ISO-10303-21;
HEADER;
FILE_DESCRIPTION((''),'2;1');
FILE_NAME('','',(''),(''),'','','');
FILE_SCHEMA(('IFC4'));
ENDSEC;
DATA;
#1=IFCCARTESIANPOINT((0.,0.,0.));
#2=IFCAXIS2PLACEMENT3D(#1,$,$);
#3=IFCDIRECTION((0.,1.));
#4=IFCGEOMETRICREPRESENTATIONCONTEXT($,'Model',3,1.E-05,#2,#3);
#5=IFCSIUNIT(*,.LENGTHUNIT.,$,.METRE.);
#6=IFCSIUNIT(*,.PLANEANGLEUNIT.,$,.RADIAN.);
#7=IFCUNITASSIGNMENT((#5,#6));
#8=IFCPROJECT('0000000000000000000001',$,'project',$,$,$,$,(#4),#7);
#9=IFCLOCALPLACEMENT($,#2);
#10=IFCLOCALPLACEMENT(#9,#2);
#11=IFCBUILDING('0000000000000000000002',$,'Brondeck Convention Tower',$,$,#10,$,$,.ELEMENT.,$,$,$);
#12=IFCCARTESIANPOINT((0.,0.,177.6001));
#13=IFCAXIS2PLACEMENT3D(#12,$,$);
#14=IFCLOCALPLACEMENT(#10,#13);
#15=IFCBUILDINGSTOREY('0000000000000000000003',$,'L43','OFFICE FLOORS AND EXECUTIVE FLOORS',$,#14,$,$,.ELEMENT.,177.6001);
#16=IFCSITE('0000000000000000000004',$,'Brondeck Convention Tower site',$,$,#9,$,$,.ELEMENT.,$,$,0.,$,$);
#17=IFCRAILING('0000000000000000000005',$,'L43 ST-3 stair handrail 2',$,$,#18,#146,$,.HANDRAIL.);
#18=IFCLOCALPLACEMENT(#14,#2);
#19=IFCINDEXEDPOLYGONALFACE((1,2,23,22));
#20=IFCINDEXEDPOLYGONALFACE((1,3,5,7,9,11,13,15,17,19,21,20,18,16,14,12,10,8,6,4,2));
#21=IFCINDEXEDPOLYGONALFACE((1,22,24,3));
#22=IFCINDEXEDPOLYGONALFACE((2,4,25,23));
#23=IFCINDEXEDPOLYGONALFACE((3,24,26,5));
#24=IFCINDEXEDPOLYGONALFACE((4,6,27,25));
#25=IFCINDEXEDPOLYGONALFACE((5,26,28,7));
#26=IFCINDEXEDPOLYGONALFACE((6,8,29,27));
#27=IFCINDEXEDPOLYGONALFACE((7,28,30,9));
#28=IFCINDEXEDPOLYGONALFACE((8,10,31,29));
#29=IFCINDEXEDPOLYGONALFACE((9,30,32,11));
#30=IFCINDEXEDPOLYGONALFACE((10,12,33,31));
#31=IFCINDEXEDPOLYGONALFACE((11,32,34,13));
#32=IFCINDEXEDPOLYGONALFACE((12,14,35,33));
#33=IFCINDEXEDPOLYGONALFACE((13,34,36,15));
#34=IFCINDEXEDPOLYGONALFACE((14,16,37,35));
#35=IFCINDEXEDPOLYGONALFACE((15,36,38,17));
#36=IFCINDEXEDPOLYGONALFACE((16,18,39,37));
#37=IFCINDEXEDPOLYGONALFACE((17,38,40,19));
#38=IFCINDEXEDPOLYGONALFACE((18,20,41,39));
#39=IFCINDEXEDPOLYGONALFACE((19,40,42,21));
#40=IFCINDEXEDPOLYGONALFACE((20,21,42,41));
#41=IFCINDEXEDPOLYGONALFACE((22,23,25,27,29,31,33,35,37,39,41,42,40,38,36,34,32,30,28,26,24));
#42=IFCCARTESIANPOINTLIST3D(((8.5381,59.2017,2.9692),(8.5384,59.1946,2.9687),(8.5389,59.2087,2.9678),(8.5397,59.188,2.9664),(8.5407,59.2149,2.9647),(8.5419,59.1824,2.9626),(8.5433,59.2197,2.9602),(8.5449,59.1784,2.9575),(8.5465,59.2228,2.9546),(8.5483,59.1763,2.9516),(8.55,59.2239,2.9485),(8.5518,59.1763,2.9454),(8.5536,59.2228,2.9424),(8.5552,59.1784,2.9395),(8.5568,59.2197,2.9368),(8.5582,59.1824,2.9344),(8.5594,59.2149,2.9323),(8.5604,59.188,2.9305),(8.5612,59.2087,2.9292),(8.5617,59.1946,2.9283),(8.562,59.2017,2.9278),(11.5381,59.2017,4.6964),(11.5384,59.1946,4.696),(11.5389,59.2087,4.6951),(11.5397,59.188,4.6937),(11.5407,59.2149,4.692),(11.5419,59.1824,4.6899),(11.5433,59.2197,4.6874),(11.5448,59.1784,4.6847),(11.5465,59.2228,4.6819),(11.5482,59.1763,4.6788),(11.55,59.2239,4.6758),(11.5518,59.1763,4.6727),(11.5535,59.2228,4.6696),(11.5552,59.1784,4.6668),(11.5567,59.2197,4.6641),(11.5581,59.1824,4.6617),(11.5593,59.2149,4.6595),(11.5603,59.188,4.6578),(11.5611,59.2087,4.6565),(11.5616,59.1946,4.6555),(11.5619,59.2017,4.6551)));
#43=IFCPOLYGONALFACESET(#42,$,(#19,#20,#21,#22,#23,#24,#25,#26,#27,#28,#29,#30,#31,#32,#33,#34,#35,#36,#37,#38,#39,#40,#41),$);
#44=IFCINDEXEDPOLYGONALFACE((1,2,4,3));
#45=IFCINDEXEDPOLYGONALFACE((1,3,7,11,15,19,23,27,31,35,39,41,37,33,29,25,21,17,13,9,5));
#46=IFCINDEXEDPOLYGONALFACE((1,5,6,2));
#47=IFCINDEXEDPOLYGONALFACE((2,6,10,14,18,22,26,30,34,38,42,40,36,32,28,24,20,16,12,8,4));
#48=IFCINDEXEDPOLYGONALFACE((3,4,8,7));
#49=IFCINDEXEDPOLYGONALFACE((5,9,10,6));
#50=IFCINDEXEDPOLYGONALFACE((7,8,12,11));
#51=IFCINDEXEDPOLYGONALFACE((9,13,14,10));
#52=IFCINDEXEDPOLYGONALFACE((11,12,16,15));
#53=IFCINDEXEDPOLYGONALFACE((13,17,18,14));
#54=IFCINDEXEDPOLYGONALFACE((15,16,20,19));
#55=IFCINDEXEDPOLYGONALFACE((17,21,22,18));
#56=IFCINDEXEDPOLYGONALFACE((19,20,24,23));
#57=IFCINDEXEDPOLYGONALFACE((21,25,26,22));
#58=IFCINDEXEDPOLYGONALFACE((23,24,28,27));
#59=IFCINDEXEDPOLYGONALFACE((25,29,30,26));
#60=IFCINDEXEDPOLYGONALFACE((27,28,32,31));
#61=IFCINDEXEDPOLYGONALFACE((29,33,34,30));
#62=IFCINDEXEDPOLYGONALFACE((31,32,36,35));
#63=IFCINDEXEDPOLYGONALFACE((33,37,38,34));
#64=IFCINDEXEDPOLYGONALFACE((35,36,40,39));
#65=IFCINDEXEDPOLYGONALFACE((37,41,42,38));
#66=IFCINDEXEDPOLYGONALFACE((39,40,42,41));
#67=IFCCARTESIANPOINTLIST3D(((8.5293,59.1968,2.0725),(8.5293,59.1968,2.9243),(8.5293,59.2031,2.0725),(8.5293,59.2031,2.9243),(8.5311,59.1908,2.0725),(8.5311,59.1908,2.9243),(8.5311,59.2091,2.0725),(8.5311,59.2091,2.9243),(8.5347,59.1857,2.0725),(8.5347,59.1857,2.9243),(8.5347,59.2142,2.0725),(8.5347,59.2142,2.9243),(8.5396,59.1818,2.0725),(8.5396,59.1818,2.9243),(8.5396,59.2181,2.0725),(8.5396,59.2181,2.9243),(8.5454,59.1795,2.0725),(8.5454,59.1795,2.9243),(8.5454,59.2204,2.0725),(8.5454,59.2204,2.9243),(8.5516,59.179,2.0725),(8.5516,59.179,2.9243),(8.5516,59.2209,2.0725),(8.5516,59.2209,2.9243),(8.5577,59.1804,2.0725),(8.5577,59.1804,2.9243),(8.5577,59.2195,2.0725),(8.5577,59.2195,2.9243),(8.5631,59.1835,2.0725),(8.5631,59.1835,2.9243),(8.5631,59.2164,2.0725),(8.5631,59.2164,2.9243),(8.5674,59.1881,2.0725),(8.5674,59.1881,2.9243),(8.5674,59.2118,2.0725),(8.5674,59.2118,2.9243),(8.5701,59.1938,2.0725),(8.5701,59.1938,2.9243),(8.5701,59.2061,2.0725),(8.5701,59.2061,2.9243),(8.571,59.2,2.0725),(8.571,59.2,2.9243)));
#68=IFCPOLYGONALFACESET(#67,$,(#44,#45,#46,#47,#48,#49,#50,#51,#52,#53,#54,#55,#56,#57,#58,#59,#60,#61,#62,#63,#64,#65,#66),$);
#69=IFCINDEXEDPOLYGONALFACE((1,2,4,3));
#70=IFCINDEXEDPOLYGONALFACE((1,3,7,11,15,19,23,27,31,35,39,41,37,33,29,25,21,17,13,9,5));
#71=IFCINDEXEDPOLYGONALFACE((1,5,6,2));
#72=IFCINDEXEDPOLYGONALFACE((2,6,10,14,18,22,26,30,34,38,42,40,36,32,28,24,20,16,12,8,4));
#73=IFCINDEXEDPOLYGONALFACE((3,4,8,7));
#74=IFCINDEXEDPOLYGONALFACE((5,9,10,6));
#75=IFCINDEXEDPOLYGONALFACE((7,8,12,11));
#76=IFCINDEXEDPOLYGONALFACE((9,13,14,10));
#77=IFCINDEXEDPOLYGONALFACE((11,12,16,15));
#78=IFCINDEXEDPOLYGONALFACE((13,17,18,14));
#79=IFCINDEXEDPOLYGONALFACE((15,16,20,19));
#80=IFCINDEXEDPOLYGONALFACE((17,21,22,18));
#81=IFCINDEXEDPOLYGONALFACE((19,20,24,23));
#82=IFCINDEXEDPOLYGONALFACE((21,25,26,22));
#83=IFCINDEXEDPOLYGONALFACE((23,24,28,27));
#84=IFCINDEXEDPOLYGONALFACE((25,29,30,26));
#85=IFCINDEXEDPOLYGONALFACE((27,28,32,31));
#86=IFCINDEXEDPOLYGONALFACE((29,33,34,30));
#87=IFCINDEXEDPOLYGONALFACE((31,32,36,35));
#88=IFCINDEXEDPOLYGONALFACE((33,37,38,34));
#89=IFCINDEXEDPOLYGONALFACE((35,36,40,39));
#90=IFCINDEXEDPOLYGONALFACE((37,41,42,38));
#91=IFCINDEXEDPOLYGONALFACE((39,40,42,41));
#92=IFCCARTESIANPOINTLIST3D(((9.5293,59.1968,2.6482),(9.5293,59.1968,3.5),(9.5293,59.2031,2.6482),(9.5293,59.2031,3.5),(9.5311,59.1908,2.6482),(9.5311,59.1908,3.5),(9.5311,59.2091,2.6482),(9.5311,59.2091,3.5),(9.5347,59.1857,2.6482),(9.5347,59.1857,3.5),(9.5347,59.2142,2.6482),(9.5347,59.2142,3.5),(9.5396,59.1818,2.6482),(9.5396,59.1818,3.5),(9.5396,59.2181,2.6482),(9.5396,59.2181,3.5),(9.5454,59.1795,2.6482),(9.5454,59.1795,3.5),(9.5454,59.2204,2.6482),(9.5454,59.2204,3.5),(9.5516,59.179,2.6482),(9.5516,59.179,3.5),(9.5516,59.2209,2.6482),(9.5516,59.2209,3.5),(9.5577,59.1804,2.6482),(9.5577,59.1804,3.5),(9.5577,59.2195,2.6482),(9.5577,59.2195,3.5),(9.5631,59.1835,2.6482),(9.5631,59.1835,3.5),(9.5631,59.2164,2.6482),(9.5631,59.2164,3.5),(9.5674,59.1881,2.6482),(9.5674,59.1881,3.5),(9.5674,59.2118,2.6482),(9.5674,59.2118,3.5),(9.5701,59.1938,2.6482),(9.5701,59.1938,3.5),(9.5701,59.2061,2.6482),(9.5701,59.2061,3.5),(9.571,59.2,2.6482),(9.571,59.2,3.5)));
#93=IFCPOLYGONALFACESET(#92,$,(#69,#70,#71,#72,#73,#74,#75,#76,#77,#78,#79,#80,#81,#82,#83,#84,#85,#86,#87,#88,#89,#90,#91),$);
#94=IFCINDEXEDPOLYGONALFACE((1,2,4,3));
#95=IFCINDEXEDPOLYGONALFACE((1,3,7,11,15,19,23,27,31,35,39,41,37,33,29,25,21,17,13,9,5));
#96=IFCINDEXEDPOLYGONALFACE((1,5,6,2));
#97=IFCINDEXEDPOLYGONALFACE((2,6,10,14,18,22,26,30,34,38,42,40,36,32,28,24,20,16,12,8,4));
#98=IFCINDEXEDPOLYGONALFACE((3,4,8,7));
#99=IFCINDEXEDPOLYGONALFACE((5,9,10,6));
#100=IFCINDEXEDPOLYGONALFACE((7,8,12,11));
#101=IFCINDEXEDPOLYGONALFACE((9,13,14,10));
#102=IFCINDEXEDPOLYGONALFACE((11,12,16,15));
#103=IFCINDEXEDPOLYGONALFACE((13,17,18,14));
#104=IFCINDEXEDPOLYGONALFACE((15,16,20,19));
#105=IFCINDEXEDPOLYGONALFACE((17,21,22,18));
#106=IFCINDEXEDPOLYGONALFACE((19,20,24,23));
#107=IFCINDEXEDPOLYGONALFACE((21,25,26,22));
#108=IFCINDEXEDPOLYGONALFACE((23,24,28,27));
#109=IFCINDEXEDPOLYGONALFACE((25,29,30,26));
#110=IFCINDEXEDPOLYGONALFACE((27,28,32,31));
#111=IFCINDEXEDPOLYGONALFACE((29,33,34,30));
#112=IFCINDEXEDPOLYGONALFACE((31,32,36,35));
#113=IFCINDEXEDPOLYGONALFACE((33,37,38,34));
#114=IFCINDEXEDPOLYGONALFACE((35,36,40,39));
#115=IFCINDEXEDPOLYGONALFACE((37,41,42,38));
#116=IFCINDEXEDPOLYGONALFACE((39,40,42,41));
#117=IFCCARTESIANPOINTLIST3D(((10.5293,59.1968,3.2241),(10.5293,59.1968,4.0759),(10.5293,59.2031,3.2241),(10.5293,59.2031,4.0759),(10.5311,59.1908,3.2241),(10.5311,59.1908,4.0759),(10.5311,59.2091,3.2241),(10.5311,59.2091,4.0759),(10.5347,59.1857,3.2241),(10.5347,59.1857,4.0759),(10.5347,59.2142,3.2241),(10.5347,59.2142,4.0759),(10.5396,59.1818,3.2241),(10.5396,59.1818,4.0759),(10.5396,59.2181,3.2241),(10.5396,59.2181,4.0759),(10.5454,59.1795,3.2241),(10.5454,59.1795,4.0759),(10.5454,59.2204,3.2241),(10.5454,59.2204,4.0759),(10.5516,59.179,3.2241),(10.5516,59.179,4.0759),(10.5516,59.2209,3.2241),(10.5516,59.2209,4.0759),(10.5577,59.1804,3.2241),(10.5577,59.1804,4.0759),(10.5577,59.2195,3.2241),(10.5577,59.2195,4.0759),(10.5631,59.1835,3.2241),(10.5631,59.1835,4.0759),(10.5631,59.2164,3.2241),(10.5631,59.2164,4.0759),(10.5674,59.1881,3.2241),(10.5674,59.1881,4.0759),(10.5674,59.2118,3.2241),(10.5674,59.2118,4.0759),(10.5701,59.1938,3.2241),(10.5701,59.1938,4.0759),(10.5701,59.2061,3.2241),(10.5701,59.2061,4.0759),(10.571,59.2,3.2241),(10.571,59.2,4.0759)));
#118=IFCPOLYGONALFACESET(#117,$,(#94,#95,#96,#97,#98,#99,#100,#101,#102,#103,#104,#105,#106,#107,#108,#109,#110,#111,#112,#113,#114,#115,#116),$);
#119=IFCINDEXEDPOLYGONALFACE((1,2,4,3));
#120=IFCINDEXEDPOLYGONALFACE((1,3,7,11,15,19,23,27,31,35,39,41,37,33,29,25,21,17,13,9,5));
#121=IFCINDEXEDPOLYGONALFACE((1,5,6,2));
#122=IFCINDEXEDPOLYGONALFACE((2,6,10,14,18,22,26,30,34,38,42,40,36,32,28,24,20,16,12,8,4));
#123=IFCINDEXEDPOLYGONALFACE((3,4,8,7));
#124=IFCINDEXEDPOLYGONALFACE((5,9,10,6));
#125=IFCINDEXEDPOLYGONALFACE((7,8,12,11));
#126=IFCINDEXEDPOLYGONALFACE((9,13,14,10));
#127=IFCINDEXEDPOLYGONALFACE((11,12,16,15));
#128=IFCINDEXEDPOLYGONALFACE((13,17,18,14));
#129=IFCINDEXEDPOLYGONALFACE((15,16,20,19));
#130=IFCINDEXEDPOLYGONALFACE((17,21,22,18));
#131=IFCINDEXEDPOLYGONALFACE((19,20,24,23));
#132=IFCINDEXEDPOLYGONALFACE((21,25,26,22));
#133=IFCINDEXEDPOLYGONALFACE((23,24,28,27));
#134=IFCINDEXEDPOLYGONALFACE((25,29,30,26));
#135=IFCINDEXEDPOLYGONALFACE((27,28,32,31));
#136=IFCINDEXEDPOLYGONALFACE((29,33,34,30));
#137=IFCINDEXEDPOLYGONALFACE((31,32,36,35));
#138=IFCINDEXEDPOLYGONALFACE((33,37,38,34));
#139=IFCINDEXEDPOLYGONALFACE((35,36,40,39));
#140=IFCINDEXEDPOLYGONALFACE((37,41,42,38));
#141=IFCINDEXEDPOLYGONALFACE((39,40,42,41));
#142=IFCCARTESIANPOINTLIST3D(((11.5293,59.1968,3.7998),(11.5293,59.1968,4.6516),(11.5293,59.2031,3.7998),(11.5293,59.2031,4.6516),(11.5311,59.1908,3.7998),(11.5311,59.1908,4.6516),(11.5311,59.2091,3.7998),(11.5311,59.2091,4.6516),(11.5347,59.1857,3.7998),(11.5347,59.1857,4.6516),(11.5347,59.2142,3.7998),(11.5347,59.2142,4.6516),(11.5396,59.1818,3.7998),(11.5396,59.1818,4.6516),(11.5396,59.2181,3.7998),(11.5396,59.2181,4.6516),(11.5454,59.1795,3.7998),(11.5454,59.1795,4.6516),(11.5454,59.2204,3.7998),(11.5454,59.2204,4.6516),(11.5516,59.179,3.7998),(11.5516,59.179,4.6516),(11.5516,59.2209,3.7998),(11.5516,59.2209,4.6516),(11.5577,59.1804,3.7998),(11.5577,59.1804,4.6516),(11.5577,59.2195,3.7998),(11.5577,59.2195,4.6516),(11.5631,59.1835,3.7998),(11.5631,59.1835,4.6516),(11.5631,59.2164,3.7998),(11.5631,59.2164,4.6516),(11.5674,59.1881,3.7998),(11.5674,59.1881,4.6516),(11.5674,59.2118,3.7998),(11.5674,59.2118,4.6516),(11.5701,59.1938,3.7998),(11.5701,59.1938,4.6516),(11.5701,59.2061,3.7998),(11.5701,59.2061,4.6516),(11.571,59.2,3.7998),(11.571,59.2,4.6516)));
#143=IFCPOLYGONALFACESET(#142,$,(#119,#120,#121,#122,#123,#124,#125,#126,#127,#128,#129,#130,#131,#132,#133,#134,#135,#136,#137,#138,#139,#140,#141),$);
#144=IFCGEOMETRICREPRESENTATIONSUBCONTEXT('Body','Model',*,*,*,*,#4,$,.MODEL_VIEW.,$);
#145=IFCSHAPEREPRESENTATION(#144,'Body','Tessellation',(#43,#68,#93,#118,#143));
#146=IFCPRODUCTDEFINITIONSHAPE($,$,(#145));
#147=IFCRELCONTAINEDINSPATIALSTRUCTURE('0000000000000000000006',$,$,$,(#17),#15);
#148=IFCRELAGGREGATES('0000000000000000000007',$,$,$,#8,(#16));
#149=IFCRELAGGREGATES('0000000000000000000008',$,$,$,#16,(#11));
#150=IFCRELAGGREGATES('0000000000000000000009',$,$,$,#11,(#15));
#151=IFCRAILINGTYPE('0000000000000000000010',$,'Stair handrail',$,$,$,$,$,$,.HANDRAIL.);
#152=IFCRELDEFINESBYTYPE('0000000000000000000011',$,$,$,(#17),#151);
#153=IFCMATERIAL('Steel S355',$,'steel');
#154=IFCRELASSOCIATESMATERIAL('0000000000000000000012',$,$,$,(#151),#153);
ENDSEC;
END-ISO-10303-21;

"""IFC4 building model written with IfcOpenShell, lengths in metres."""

from ifc_helpers import new_model, si_unit, direction, frame, origin, origin_2d, place, context, subcontext, project, spatial, circle, extrude, material, type_object, element, save


model = new_model("IFC4")

# Units and contexts
model_context = context("Model", 3, precision=1e-05, world=origin(), true_north=direction((0.0, 1.0)))
body_context = subcontext(model_context, "Body", "Model", "MODEL_VIEW")
ifc_project = project(units=[si_unit("LENGTHUNIT", "METRE"), si_unit("PLANEANGLEUNIT", "RADIAN")], contexts=[model_context])

# Site, building, storey
site_placement = place(None, origin())
site = spatial("IfcSite", under=ifc_project, at=site_placement, Name="Brondeck Convention Tower site", CompositionType="ELEMENT", RefElevation=0.0)
building_placement = place(site_placement, origin())
building = spatial("IfcBuilding", under=site, at=building_placement, Name="Brondeck Convention Tower", CompositionType="ELEMENT")
storey_placement = place(building_placement, frame((0.0, 0.0, 177.6001)))
storey = spatial("IfcBuildingStorey", under=building, at=storey_placement, Name="L43", Description="OFFICE FLOORS AND EXECUTIVE FLOORS", CompositionType="ELEMENT", Elevation=177.6001)

# Railing
ifc_material_1 = material(Name="Steel S355", Category="steel")
railing_type_1 = type_object("IfcRailingType", Name="Stair handrail", PredefinedType="HANDRAIL", material=ifc_material_1)
railing_1_placement = place(storey_placement, frame((8.55, 59.2, 2.0725)))
element("IfcRailing", 1, at=railing_1_placement, inside=storey, type_object=railing_type_1, Name="L43 ST-3 stair handrail 2", PredefinedType="HANDRAIL", context=body_context, shape_type="SweptSolid", body=[
    extrude(circle(Radius=0.0239, at=origin_2d()), frame((0.0, 0.0, 0.876), z_axis=(0.86662, 0.0, 0.498969), x_axis=(0.0, 1.0, 0.0)), (0.0, 0.0, 1.0), 3.4617),
    extrude(circle(Radius=0.021, at=origin_2d()), origin(), (0.0, 0.0, 1.0), 0.8518),
    extrude(circle(Radius=0.021, at=origin_2d()), frame((1.0, 0.0, 0.5757)), (0.0, 0.0, 1.0), 0.8518),
    extrude(circle(Radius=0.021, at=origin_2d()), frame((2.0, 0.0, 1.1516)), (0.0, 0.0, 1.0), 0.8518),
    extrude(circle(Radius=0.021, at=origin_2d()), frame((3.0, 0.0, 1.7273)), (0.0, 0.0, 1.0), 0.8518),
])

save(model, "model.ifc")
